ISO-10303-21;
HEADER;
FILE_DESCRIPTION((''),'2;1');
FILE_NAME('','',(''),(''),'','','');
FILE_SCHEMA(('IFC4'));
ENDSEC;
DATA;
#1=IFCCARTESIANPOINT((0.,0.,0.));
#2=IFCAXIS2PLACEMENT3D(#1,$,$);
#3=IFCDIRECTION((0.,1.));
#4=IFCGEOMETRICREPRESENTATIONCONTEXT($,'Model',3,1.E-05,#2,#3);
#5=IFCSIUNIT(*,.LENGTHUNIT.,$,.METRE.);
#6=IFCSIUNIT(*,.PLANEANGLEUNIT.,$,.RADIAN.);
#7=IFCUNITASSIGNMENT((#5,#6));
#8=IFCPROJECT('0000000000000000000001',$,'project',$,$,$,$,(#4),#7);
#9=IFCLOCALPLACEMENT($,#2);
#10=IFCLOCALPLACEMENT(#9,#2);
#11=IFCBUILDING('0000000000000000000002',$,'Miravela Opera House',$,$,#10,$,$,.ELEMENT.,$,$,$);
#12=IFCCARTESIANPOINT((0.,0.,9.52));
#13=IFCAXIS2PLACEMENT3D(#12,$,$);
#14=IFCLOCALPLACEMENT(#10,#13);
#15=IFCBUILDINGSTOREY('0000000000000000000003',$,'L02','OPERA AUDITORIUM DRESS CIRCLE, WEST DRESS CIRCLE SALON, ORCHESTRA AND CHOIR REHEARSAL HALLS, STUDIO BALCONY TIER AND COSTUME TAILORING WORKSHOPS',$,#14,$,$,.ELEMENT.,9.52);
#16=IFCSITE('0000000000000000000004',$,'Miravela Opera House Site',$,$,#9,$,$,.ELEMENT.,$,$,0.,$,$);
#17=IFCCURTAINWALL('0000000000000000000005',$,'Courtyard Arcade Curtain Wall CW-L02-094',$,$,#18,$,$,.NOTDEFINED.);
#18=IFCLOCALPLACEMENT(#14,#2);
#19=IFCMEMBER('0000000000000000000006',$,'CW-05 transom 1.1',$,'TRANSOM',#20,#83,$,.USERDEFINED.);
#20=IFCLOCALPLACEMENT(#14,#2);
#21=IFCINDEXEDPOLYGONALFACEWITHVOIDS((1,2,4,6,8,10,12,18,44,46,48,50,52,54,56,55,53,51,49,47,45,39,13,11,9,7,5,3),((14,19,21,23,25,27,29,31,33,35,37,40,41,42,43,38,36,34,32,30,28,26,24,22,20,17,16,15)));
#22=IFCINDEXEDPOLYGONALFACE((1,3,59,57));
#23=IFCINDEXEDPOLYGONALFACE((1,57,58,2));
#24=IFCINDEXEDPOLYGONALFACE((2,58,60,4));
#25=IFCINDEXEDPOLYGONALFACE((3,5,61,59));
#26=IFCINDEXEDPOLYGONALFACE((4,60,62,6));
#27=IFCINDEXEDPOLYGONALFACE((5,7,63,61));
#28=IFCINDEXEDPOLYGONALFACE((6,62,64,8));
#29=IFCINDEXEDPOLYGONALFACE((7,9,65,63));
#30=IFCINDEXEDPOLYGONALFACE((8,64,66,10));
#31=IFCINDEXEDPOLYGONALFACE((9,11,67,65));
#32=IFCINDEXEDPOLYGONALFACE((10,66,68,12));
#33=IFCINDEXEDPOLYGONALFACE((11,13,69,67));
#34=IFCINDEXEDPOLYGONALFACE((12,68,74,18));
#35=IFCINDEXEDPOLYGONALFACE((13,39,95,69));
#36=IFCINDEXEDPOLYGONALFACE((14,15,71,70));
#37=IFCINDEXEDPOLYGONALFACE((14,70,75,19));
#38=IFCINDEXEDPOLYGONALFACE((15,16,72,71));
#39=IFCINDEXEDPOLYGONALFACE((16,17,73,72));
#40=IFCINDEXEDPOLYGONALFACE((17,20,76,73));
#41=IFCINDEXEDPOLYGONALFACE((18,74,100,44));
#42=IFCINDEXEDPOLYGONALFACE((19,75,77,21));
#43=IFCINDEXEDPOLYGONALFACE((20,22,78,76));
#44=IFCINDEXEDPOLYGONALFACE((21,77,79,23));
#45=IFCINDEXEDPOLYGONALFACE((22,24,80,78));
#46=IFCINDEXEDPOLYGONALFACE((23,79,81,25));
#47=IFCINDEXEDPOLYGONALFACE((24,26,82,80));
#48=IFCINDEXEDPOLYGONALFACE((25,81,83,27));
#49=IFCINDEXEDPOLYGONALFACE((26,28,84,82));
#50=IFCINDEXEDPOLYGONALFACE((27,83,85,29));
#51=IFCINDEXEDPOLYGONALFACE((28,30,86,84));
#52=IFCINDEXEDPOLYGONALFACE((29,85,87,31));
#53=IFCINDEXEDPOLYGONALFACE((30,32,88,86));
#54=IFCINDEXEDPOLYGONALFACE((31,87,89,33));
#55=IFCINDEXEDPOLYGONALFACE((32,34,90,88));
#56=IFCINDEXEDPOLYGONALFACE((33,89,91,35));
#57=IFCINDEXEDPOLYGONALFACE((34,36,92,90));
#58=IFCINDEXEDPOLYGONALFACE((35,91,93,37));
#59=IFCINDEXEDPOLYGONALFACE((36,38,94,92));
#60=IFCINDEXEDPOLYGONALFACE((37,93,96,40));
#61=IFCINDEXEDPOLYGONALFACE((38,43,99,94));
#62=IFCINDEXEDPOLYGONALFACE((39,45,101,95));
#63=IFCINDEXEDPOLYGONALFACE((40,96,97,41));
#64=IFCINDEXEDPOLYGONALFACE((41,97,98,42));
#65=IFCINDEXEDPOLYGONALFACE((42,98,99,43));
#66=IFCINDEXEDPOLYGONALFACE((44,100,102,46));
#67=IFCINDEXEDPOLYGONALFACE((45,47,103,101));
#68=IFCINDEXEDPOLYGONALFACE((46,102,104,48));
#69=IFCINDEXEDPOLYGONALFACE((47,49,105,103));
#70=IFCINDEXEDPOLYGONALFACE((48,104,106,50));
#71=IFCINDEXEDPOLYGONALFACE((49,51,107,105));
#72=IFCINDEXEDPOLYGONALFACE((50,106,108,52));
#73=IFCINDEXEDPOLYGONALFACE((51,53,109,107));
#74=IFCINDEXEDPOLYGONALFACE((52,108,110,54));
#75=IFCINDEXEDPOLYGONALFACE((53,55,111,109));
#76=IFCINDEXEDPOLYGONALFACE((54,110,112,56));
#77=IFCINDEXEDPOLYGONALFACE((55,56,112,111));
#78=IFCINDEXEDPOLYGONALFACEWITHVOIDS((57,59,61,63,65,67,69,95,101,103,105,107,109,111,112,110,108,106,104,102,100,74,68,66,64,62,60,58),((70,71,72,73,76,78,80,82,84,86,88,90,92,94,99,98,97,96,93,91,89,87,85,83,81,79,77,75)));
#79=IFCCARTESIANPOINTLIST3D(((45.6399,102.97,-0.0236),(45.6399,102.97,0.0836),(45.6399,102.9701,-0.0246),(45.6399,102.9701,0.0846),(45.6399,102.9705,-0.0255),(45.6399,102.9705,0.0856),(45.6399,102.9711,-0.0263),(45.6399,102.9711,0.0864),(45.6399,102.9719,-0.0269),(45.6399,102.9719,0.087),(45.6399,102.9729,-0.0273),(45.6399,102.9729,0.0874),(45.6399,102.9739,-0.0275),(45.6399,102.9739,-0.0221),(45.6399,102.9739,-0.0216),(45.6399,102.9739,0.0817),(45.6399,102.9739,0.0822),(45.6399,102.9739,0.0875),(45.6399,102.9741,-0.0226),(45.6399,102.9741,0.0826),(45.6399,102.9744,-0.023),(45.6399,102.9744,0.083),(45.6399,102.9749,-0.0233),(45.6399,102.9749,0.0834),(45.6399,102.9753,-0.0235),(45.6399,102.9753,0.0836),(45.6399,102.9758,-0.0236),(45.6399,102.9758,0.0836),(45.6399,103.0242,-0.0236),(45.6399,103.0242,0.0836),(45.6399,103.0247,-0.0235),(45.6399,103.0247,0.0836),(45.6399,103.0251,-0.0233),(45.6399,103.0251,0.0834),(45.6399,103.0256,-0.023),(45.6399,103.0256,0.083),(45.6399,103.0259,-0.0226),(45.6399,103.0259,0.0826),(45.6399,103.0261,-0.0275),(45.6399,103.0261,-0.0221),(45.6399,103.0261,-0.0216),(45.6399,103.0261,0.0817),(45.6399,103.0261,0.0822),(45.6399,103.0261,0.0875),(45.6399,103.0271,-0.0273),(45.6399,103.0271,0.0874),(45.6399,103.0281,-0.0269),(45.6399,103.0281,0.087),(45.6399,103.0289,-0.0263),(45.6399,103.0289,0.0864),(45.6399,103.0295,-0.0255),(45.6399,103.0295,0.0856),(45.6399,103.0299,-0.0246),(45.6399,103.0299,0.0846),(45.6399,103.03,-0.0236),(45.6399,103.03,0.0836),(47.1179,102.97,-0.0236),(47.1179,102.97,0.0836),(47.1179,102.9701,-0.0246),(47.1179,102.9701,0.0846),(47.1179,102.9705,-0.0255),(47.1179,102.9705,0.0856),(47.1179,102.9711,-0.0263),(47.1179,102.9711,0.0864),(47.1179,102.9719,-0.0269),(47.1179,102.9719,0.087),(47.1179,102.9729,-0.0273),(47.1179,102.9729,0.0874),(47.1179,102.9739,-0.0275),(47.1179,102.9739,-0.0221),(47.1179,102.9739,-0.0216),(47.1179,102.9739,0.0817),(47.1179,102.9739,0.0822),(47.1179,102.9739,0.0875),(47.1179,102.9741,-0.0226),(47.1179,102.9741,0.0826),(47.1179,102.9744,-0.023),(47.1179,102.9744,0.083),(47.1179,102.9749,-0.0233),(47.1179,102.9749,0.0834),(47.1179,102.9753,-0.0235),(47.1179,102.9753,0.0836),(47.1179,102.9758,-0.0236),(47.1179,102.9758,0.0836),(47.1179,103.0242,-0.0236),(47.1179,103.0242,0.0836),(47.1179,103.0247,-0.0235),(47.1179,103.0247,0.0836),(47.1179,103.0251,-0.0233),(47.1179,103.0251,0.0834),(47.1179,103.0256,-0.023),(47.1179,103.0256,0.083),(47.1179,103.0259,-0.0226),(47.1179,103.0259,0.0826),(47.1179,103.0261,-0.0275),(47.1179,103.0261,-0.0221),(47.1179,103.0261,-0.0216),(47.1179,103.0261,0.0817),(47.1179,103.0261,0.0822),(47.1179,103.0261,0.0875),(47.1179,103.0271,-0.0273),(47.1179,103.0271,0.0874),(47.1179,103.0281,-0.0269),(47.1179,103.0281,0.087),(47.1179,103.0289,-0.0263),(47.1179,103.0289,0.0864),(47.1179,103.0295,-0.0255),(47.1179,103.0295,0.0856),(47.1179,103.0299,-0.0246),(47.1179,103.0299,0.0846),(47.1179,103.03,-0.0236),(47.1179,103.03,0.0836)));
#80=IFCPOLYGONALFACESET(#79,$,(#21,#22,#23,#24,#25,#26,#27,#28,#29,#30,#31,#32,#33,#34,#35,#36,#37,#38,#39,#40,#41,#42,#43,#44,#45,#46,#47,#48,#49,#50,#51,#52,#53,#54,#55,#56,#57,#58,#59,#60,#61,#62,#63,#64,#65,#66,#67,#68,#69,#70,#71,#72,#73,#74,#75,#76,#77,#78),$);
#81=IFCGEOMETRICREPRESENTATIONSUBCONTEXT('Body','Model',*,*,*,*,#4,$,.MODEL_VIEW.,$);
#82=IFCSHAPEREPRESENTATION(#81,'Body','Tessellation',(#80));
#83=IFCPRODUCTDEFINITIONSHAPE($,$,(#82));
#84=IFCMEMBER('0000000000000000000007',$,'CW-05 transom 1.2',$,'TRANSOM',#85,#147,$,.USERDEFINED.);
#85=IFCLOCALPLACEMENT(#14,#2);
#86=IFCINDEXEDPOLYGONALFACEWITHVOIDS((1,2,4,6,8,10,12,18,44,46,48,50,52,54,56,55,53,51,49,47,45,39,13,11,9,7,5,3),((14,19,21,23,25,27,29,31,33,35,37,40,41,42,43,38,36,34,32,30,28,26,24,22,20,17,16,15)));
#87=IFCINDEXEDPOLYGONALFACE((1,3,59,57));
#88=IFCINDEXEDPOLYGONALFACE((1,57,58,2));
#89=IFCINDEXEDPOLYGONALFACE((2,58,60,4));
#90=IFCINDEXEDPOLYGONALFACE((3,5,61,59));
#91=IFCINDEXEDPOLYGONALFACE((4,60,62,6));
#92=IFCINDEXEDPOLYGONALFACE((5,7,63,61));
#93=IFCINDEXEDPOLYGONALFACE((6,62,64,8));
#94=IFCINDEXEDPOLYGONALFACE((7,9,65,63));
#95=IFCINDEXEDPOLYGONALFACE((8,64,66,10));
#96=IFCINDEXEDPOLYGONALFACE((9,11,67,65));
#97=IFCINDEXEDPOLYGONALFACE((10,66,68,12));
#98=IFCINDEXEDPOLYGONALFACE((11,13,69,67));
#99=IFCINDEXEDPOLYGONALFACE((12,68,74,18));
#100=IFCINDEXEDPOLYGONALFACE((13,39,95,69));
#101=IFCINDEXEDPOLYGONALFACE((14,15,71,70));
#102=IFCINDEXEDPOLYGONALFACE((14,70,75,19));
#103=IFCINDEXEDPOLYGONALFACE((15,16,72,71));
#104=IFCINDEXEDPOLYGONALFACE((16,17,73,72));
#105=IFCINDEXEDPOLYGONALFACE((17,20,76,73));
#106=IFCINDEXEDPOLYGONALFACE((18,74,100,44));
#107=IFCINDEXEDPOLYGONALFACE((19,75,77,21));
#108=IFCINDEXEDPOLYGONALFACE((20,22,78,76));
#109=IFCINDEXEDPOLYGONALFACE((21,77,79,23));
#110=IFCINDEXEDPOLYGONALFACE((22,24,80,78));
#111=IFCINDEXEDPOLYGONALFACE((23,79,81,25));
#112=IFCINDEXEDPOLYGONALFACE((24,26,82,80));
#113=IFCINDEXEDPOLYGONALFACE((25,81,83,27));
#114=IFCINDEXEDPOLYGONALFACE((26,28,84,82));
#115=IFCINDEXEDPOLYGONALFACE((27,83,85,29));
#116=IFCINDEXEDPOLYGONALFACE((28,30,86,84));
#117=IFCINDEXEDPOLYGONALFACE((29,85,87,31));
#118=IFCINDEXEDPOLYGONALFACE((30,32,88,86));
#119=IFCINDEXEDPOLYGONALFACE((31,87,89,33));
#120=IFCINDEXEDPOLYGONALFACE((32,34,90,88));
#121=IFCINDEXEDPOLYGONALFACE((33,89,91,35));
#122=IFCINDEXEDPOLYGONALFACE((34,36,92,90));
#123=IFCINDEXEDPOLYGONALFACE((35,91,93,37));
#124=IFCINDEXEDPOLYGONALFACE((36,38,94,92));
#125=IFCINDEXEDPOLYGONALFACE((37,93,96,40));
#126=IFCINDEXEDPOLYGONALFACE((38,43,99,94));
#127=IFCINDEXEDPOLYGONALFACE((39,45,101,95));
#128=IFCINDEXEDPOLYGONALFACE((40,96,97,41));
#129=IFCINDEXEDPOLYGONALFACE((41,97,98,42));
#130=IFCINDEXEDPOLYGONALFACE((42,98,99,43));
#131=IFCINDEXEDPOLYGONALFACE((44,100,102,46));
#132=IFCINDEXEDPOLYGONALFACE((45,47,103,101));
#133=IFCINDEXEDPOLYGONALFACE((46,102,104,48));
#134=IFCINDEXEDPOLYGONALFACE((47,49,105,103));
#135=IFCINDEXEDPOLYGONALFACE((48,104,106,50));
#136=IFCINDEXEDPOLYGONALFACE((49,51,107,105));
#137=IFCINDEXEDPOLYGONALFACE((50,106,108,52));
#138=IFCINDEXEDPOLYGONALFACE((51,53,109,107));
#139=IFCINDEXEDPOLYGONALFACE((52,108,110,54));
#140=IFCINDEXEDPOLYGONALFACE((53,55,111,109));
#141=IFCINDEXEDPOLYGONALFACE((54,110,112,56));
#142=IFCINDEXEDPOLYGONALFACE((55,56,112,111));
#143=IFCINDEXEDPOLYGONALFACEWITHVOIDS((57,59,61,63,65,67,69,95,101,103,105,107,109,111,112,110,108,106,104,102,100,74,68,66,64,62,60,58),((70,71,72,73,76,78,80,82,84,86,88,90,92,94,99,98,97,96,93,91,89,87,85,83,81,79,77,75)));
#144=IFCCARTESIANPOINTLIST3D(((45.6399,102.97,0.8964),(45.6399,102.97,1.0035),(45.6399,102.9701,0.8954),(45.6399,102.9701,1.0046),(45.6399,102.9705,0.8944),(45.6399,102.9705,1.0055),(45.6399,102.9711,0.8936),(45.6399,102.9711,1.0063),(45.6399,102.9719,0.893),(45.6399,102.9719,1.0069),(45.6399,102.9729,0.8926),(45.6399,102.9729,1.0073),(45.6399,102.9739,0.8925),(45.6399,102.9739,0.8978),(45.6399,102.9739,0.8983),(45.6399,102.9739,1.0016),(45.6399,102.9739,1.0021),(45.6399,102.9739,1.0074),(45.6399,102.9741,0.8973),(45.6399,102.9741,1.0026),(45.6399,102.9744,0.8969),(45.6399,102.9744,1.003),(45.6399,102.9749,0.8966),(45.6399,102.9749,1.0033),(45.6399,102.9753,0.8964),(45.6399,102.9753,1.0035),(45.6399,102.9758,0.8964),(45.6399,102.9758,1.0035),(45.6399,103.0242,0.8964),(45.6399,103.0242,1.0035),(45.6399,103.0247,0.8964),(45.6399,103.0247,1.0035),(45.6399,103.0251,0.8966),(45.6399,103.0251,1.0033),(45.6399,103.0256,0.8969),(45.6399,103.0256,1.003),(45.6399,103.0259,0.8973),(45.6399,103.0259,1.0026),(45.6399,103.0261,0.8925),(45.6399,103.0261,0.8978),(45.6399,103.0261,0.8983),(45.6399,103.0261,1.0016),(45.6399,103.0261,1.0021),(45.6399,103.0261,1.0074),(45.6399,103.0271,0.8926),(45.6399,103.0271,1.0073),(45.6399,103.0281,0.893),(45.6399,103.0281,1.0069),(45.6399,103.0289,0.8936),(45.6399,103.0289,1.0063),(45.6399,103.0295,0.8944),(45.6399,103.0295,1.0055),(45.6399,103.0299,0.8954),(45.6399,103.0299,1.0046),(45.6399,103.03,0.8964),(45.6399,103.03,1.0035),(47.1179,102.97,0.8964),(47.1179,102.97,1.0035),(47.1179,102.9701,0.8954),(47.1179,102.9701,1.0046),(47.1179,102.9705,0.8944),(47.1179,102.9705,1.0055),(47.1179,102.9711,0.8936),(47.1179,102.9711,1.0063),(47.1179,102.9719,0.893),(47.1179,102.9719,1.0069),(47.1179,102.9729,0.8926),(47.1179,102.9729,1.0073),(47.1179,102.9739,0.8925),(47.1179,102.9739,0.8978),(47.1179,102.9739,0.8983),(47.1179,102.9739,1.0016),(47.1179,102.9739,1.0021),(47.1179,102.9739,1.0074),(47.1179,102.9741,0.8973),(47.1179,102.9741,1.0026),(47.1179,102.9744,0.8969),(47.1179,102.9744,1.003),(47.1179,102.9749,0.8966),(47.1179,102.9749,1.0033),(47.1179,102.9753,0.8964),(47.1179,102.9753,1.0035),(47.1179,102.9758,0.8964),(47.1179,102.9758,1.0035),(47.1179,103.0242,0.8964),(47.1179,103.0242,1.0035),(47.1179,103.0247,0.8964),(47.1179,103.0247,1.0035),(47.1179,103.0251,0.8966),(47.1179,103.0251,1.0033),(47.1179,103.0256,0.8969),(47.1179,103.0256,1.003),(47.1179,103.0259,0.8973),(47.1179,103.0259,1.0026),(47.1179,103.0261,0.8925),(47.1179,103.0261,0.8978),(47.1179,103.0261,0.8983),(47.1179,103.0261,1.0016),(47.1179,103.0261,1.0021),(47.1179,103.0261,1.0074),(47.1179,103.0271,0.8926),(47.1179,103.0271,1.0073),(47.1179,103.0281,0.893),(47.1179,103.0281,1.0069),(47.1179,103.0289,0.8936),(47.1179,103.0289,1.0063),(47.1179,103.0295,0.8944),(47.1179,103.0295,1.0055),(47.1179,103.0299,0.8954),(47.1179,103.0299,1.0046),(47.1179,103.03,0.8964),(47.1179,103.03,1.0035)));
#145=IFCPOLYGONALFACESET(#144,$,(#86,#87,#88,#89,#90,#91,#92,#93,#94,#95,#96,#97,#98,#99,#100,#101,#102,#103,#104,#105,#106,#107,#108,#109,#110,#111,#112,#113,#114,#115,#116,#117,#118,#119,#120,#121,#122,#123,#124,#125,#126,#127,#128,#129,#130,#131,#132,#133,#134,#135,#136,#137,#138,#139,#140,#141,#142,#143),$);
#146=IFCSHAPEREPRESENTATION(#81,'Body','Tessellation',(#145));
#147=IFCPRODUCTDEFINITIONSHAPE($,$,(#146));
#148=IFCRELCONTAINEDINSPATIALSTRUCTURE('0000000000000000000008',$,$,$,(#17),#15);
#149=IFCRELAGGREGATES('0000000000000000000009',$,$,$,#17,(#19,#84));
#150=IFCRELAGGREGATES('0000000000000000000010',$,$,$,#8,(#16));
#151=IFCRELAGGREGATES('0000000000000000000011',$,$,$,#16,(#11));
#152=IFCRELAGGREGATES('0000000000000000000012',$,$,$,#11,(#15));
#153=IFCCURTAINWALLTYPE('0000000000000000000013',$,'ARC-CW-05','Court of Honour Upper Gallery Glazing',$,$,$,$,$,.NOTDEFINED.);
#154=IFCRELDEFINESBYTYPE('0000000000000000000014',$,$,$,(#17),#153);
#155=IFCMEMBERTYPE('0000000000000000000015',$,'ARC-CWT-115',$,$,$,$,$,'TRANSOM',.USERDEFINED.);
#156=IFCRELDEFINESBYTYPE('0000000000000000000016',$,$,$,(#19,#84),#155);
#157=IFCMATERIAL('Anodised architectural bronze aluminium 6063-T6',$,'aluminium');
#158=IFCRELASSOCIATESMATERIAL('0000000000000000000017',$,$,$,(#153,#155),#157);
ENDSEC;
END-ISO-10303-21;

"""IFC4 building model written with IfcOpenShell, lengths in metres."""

from ifc_helpers import new_model, si_unit, direction, frame, origin, origin_2d, place, context, subcontext, project, spatial, hollow_rectangle, extrude, material, material_profile, profile_set, type_object, element, aggregate, save


model = new_model("IFC4")

# Units and contexts
model_context = context("Model", 3, precision=1e-05, world=origin(), true_north=direction((0.0, 1.0)))
body_context = subcontext(model_context, "Body", "Model", "MODEL_VIEW")
ifc_project = project(units=[si_unit("LENGTHUNIT", "METRE"), si_unit("PLANEANGLEUNIT", "RADIAN")], contexts=[model_context])

# Site, building, storey
site_placement = place(None, origin())
site = spatial("IfcSite", under=ifc_project, at=site_placement, Name="Miravela Opera House Site", CompositionType="ELEMENT", RefElevation=0.0)
building_placement = place(site_placement, origin())
building = spatial("IfcBuilding", under=site, at=building_placement, Name="Miravela Opera House", CompositionType="ELEMENT")
storey_placement = place(building_placement, frame((0.0, 0.0, 9.52)))
storey = spatial("IfcBuildingStorey", under=building, at=storey_placement, Name="L02", Description="OPERA AUDITORIUM DRESS CIRCLE, WEST DRESS CIRCLE SALON, ORCHESTRA AND CHOIR REHEARSAL HALLS, STUDIO BALCONY TIER AND COSTUME TAILORING WORKSHOPS", CompositionType="ELEMENT", Elevation=9.52)

# Shared definitions
ifc_material_1 = material(Name="Anodised architectural bronze aluminium 6063-T6", Category="aluminium")
curtain_wall_type = type_object("IfcCurtainWallType", Name="ARC-CW-05", Description="Court of Honour Upper Gallery Glazing", PredefinedType="NOTDEFINED", material=ifc_material_1)

# Curtain wall
curtain_wall_1_placement = place(storey_placement, origin())
curtain_wall_1 = element("IfcCurtainWall", 1, at=curtain_wall_1_placement, inside=storey, type_object=curtain_wall_type, Name="Courtyard Arcade Curtain Wall CW-L02-094", PredefinedType="NOTDEFINED")

# Members
ifc_material_profile_1 = material_profile(ifc_material_1, hollow_rectangle(XDim=0.0601, YDim=0.115, WallThickness=0.0039, InnerFilletRadius=0.002, OuterFilletRadius=0.0039, at=origin_2d()), Name="CWT-60X115")
ifc_profile_set_1 = profile_set([ifc_material_profile_1])
member_type_1 = type_object("IfcMemberType", Name="ARC-CWT-115", ElementType="TRANSOM", PredefinedType="USERDEFINED", material=ifc_profile_set_1)
member_1_placement = place(storey_placement, frame((45.6399, 103.0, 0.03), z_axis=(1.0, 0.0, 0.0), x_axis=(0.0, 1.0, 0.0)))
member_1 = element("IfcMember", 2, at=member_1_placement, type_object=member_type_1, Name="CW-05 transom 1.1", ObjectType="TRANSOM", PredefinedType="USERDEFINED", context=body_context, shape_type="SweptSolid", body=[
    extrude(hollow_rectangle(XDim=0.0601, YDim=0.115, WallThickness=0.0039, InnerFilletRadius=0.002, OuterFilletRadius=0.0039, at=origin_2d()), origin(), (0.0, 0.0, 1.0), 1.478),
])
member_2_placement = place(storey_placement, frame((45.6399, 103.0, 0.95), z_axis=(1.0, 0.0, 0.0), x_axis=(0.0, 1.0, 0.0)))
member_2 = element("IfcMember", 3, at=member_2_placement, type_object=member_type_1, Name="CW-05 transom 1.2", ObjectType="TRANSOM", PredefinedType="USERDEFINED", context=body_context, shape_type="SweptSolid", body=[
    extrude(hollow_rectangle(XDim=0.0601, YDim=0.115, WallThickness=0.0039, InnerFilletRadius=0.002, OuterFilletRadius=0.0039, at=origin_2d()), origin(), (0.0, 0.0, 1.0), 1.478),
])

aggregate(curtain_wall_1, [member_1, member_2])

save(model, "model.ifc")
